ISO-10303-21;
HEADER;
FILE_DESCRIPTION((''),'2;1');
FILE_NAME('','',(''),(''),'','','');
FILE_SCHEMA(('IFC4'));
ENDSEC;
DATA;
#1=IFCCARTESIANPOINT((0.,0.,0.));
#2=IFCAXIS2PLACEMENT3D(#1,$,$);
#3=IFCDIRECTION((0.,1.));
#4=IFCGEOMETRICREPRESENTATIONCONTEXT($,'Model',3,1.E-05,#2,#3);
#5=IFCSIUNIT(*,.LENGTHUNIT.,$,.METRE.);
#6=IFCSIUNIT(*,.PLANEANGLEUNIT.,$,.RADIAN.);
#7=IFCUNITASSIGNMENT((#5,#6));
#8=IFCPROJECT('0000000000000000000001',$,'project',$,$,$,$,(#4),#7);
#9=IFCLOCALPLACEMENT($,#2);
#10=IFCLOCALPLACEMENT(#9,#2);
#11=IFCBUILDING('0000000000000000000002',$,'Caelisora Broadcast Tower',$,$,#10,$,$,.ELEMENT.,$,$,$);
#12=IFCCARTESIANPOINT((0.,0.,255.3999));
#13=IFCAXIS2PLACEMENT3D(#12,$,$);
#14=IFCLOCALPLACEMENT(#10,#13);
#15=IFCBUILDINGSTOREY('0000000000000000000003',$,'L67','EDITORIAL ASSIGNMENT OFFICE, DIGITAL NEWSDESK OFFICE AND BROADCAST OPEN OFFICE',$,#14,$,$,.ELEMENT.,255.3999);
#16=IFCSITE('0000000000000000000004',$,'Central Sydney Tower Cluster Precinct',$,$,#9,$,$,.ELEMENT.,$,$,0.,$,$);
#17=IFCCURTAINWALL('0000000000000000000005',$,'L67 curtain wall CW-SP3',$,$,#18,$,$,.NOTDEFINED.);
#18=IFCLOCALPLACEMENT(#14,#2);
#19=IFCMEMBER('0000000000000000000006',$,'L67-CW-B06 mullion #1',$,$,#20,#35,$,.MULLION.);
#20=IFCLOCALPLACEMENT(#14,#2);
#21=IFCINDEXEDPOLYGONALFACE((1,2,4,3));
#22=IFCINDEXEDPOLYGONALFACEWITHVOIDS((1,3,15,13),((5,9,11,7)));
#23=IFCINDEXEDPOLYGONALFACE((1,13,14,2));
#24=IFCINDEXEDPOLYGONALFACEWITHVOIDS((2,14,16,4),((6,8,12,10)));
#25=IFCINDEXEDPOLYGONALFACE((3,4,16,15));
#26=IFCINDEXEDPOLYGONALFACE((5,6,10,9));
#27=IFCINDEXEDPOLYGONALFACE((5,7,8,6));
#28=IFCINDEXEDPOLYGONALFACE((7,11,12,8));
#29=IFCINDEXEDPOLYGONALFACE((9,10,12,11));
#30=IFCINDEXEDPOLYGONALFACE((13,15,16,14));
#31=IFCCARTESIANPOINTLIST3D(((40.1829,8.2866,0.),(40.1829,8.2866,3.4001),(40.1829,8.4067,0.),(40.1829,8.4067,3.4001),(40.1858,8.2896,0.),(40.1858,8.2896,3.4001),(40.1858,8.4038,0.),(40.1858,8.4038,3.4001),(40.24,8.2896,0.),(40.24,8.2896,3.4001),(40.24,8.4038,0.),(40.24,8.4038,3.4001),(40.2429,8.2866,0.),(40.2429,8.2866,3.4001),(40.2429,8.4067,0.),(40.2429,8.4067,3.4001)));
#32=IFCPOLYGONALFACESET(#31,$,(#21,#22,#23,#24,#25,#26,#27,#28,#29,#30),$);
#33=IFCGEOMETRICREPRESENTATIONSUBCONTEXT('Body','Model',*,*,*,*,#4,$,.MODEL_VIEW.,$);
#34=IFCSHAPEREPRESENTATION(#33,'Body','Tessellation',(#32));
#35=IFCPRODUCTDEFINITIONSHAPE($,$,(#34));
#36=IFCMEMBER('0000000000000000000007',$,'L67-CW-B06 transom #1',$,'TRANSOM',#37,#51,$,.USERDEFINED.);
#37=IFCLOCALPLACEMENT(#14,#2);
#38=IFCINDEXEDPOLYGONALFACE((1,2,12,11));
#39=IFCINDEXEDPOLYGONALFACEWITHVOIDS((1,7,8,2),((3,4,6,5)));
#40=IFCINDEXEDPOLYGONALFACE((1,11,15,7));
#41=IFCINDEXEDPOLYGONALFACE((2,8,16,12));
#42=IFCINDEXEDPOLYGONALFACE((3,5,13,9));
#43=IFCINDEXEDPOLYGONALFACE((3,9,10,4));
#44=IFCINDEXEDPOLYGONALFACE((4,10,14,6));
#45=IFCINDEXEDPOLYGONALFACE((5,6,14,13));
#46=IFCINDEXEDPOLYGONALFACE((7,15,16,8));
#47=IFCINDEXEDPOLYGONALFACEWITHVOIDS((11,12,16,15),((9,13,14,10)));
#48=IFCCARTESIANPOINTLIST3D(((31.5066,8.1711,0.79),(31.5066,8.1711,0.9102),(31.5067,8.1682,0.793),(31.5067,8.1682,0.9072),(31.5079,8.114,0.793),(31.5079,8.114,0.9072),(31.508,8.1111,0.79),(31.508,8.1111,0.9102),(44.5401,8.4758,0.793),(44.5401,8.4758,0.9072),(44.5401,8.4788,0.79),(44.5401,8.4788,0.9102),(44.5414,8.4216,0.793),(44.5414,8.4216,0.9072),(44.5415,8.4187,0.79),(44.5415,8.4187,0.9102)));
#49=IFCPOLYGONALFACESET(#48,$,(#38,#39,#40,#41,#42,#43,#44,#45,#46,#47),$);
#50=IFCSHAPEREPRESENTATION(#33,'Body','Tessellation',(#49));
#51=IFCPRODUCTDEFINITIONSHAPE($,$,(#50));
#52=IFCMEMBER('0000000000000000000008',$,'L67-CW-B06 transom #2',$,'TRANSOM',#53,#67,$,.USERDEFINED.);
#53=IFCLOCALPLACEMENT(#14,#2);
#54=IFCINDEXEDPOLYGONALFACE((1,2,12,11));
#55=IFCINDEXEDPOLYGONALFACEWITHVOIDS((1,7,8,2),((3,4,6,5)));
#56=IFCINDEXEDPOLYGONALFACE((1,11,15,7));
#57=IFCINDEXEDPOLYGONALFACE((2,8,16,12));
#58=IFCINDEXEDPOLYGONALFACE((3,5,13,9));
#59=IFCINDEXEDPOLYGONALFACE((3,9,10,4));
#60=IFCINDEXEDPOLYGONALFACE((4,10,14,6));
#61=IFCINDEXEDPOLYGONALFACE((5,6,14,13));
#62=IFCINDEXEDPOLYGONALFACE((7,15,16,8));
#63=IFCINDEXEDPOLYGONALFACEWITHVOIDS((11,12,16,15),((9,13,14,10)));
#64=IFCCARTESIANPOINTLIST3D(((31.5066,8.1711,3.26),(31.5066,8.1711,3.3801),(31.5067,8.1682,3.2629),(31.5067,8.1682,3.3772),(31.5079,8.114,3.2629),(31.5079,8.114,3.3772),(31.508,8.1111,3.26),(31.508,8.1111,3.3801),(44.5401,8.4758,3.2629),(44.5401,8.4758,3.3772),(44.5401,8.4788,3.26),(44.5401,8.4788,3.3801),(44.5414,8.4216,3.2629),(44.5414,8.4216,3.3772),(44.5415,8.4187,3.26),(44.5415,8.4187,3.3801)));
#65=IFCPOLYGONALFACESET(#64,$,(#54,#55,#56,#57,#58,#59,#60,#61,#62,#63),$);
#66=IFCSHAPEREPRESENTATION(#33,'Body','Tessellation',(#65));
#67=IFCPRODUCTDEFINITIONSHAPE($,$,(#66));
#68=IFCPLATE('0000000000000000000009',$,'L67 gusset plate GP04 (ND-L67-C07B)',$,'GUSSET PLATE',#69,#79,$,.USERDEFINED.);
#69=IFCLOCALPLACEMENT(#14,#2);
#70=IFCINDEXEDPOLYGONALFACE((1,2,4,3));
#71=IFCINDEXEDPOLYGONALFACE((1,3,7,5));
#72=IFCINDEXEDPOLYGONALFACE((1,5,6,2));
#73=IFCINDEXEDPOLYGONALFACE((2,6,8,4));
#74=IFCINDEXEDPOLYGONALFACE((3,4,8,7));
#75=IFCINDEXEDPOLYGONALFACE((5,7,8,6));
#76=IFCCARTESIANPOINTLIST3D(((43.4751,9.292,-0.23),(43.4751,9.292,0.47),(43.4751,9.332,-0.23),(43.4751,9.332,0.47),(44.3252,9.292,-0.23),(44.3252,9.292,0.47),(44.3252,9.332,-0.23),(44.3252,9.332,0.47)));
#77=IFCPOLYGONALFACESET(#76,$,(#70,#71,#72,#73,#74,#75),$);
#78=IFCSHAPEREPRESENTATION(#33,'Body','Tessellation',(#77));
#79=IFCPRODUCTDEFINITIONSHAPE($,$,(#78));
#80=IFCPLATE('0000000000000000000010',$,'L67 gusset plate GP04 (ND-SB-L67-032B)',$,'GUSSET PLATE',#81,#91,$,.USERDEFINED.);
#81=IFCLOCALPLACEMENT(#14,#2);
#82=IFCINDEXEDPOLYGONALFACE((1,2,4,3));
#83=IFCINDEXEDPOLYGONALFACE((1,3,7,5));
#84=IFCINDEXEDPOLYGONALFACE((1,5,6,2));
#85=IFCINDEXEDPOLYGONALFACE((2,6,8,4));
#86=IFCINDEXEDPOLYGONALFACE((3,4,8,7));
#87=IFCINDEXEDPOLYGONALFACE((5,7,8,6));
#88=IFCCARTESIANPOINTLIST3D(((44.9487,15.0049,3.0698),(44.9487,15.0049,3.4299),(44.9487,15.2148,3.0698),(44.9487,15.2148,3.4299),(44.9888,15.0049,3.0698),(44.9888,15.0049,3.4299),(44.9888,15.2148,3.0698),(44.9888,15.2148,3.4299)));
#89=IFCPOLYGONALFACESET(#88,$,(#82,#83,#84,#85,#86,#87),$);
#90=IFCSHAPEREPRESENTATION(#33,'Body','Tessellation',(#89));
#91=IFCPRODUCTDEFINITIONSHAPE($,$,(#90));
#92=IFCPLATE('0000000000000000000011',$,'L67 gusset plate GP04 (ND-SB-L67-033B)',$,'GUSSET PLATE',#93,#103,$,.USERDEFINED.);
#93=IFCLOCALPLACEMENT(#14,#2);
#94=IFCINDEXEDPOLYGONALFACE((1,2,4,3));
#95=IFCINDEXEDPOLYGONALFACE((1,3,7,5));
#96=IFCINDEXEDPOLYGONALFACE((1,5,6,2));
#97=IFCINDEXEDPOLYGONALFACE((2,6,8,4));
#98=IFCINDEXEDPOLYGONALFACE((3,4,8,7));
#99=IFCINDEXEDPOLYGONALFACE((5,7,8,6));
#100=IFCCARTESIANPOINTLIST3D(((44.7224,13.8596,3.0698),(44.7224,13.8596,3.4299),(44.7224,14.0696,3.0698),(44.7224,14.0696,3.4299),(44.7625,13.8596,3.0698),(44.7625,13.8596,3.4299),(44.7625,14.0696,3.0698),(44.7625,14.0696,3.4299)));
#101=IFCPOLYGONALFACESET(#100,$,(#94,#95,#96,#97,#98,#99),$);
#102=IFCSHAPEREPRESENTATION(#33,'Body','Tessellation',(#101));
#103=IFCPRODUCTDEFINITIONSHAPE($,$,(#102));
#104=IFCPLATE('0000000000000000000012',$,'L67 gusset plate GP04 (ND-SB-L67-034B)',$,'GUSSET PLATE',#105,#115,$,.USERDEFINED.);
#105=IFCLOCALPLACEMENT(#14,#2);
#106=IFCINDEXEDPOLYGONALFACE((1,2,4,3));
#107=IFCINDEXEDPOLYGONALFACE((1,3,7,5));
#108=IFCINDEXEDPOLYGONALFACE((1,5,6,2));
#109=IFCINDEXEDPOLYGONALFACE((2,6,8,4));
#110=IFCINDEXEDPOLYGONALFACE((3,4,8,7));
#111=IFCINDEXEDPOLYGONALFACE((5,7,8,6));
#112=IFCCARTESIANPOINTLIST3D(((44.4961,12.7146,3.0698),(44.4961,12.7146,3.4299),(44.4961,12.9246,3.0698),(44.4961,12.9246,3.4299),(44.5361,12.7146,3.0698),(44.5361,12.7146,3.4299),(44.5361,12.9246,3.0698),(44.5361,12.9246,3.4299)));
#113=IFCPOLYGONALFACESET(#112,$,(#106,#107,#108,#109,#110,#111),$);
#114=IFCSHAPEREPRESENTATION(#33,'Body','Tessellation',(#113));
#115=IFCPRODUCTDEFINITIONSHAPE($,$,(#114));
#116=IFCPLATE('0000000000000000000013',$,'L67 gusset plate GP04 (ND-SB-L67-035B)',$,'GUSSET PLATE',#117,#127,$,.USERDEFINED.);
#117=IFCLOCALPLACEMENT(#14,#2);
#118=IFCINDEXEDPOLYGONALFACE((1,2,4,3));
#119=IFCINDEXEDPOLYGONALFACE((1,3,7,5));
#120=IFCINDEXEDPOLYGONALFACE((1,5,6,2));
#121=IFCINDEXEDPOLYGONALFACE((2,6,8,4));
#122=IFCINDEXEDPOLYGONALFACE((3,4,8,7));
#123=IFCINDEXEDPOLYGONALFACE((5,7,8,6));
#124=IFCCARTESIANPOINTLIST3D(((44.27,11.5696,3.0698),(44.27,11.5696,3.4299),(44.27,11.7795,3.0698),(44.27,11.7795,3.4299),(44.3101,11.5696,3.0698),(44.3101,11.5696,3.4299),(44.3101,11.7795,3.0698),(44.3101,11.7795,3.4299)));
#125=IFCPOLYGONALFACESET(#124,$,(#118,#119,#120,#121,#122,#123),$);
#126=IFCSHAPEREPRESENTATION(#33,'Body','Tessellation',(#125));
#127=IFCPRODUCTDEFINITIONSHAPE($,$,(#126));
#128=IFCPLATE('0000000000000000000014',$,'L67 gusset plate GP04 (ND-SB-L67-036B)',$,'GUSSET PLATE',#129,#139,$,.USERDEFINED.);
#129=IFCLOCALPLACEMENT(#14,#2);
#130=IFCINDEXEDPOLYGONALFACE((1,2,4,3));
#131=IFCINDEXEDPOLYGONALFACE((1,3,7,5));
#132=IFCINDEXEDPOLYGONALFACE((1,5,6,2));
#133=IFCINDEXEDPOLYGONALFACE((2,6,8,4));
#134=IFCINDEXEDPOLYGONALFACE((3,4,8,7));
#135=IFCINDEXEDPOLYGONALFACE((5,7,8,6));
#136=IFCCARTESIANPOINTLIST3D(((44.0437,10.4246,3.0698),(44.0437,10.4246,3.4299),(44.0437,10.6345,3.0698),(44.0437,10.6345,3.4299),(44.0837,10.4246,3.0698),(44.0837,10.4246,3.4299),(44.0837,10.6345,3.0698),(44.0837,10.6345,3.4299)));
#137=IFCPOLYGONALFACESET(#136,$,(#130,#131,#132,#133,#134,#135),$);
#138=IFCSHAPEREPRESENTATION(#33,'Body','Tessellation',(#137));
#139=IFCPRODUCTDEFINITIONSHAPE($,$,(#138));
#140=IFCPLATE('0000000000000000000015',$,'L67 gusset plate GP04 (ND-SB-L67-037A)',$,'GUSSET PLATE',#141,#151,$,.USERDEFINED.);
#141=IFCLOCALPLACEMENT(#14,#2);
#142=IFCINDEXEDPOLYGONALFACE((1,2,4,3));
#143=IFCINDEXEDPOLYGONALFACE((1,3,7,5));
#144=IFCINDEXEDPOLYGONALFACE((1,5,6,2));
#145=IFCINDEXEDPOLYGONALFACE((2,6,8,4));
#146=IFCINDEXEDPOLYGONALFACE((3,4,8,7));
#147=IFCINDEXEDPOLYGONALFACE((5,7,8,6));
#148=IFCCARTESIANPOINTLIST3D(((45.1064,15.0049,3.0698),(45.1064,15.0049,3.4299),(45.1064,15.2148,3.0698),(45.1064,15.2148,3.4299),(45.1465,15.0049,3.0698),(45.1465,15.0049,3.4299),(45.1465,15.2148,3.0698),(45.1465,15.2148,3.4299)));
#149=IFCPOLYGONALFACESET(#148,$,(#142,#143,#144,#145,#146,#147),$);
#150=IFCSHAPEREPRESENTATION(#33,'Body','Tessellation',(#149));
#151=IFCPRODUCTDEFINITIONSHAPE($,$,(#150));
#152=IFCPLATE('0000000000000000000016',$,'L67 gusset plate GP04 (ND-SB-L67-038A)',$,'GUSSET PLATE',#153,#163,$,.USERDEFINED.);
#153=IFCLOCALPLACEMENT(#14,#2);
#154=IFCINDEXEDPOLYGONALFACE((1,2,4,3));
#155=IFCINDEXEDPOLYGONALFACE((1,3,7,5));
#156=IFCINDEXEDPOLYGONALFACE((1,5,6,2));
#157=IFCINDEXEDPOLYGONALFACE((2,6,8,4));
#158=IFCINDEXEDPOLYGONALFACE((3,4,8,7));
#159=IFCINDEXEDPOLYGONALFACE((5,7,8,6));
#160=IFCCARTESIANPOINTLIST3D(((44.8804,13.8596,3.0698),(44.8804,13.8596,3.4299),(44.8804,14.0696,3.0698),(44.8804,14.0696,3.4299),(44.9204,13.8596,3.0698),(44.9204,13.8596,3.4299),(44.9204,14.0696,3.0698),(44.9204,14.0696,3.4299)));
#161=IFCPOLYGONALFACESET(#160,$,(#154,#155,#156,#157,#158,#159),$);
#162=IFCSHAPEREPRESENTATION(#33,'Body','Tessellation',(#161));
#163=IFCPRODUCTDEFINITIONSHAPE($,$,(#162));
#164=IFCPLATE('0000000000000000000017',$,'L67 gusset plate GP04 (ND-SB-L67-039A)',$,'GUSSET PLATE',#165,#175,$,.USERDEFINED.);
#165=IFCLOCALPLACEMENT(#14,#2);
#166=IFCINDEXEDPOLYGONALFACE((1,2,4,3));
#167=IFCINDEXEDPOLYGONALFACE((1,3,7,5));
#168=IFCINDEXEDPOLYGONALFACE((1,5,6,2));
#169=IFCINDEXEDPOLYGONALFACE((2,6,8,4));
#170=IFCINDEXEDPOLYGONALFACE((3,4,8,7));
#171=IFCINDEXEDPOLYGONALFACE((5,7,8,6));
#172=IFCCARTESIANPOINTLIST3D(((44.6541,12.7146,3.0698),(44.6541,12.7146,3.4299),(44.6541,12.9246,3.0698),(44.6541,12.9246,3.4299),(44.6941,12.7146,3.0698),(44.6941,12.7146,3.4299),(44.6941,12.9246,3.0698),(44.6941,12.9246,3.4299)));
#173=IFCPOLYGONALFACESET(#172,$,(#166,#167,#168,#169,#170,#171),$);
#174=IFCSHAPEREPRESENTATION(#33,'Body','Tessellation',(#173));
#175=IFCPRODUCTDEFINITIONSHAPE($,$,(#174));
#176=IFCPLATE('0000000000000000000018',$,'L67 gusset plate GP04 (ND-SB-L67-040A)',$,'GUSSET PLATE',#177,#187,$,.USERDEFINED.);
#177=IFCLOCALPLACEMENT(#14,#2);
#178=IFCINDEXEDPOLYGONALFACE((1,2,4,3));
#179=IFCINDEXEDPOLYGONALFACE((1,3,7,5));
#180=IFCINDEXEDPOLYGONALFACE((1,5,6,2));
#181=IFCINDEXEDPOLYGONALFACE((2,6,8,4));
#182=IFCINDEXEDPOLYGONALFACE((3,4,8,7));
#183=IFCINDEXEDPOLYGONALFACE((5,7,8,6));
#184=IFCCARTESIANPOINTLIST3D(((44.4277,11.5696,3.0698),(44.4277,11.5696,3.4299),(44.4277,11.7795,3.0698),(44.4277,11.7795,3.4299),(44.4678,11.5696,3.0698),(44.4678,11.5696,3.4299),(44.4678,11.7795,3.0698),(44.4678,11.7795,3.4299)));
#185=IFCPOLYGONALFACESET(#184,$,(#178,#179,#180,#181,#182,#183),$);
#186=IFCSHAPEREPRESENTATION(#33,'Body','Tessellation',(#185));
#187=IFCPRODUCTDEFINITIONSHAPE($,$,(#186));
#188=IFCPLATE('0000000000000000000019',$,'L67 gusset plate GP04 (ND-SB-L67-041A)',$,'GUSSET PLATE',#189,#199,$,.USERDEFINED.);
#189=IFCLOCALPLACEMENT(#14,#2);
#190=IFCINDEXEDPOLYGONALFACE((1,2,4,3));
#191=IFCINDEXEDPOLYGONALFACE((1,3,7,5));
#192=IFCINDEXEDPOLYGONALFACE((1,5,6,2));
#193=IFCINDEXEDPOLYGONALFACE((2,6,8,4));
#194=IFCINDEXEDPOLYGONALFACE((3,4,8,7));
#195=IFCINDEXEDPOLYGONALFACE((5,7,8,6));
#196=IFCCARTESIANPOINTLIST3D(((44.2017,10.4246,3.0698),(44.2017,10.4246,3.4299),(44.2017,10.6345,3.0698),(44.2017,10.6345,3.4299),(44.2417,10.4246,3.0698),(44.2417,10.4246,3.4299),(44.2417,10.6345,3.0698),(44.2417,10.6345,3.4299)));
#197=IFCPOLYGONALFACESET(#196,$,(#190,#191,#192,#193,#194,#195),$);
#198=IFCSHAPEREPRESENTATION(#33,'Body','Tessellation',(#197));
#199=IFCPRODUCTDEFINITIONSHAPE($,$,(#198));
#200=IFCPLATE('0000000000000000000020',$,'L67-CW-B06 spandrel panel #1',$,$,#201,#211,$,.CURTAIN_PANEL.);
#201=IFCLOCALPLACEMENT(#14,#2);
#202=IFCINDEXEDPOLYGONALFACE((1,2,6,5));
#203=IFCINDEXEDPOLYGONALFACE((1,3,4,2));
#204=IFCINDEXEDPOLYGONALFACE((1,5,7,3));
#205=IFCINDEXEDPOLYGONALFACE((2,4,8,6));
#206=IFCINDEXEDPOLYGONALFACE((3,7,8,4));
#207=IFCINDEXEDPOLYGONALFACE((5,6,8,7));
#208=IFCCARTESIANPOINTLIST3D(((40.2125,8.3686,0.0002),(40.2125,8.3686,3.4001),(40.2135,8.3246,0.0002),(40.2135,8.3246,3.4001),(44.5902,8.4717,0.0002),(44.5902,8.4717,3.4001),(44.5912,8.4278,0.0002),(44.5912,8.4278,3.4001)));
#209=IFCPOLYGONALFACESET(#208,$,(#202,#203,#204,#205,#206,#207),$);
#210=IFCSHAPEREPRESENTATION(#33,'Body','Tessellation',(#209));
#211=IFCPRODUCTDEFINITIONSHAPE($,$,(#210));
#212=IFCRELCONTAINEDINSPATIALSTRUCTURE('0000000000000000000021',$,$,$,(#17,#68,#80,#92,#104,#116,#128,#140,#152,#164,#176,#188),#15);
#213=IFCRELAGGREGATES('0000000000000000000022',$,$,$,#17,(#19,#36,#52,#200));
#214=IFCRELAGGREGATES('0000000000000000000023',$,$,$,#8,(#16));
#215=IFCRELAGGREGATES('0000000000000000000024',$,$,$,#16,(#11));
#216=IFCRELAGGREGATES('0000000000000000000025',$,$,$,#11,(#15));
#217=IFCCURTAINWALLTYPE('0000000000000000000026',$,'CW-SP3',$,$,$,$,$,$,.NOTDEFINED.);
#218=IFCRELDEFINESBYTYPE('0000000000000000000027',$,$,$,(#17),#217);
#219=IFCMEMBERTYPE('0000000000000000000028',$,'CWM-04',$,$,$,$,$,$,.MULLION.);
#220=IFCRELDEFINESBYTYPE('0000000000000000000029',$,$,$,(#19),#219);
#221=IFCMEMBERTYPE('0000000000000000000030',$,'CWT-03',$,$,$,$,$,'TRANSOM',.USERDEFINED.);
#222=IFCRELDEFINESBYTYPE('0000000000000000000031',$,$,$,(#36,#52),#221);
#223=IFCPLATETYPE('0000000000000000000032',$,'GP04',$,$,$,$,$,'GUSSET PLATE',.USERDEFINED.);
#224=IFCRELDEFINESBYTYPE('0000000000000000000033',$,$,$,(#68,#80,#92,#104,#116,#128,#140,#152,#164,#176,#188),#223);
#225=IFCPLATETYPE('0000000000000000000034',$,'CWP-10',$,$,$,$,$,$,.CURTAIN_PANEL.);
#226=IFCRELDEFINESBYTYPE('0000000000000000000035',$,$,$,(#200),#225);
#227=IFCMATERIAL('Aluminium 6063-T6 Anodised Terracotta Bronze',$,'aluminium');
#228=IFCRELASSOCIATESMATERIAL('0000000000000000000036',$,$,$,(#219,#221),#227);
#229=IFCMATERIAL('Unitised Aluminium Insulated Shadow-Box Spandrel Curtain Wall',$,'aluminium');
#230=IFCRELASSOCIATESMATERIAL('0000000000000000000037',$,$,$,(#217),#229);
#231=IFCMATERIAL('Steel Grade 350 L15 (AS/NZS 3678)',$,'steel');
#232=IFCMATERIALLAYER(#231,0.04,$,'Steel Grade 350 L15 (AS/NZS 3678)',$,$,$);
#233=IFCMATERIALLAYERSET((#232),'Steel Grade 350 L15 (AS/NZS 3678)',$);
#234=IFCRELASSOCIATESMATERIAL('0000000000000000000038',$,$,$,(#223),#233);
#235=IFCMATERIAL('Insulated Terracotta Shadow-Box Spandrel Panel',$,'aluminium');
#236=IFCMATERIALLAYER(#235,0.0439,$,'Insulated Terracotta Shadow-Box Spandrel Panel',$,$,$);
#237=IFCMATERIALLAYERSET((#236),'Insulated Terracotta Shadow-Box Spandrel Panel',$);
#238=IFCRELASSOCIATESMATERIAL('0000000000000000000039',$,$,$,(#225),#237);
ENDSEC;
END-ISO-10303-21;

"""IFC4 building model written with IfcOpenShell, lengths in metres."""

from ifc_helpers import new_model, si_unit, direction, frame, origin, origin_2d, place, context, subcontext, project, spatial, rectangle, hollow_rectangle, extrude, source, transform, mapped, material, layer, layer_set, material_profile, profile_set, type_object, type_shapes, element, aggregate, save


model = new_model("IFC4")

# Units and contexts
model_context = context("Model", 3, precision=1e-05, world=origin(), true_north=direction((0.0, 1.0)))
body_context = subcontext(model_context, "Body", "Model", "MODEL_VIEW")
ifc_project = project(units=[si_unit("LENGTHUNIT", "METRE"), si_unit("PLANEANGLEUNIT", "RADIAN")], contexts=[model_context])

# Site, building, storey
site_placement = place(None, origin())
site = spatial("IfcSite", under=ifc_project, at=site_placement, Name="Central Sydney Tower Cluster Precinct", CompositionType="ELEMENT", RefElevation=0.0)
building_placement = place(site_placement, origin())
building = spatial("IfcBuilding", under=site, at=building_placement, Name="Caelisora Broadcast Tower", CompositionType="ELEMENT")
storey_placement = place(building_placement, frame((0.0, 0.0, 255.3999)))
storey = spatial("IfcBuildingStorey", under=building, at=storey_placement, Name="L67", Description="EDITORIAL ASSIGNMENT OFFICE, DIGITAL NEWSDESK OFFICE AND BROADCAST OPEN OFFICE", CompositionType="ELEMENT", Elevation=255.3999)

# Shared definitions
ifc_material_1 = material(Name="Steel Grade 350 L15 (AS/NZS 3678)", Category="steel")

# Shared definitions
ifc_material_2 = material(Name="Aluminium 6063-T6 Anodised Terracotta Bronze", Category="aluminium")
ifc_material_profile_1 = material_profile(ifc_material_2, hollow_rectangle(XDim=0.0601, YDim=0.1201, WallThickness=0.0029, at=origin_2d()), Name="Aluminium 6063-T6 Anodised Terracotta Bronze")
ifc_profile_set_1 = profile_set([ifc_material_profile_1], Name="Aluminium 6063-T6 Anodised Terracotta Bronze")
member_type_1 = type_object("IfcMemberType", Name="CWM-04", PredefinedType="MULLION", material=ifc_profile_set_1)
shared_shape_1 = source(origin(), body_context, "Body", "SweptSolid", [
    extrude(hollow_rectangle(XDim=0.0601, YDim=0.1201, WallThickness=0.0029, at=origin_2d()), origin(), (0.0, 0.0, 1.0), 3.4001),
])
type_shapes(member_type_1, [shared_shape_1])

# Curtain wall, members
ifc_material_3 = material(Name="Unitised Aluminium Insulated Shadow-Box Spandrel Curtain Wall", Category="aluminium")
curtain_wall_type_1 = type_object("IfcCurtainWallType", Name="CW-SP3", PredefinedType="NOTDEFINED", material=ifc_material_3)
curtain_wall_1_placement = place(storey_placement, origin())
curtain_wall_1 = element("IfcCurtainWall", 1, at=curtain_wall_1_placement, inside=storey, type_object=curtain_wall_type_1, Name="L67 curtain wall CW-SP3", PredefinedType="NOTDEFINED")
member_1_placement = place(storey_placement, frame((40.2129, 8.3467, 0.0), z_axis=(0.0, 0.0, 1.0), x_axis=(1.0, 0.0, 0.0)))
member_1 = element("IfcMember", 2, at=member_1_placement, type_object=member_type_1, Name="L67-CW-B06 mullion #1", PredefinedType="MULLION", context=body_context, shape_type="MappedRepresentation", body=[
    mapped(shared_shape_1, transform((0.0, 0.0, 0.0), scale=1.0)),
])
ifc_material_profile_2 = material_profile(ifc_material_2, hollow_rectangle(XDim=0.0601, YDim=0.1201, WallThickness=0.0029, at=origin_2d()), Name="Aluminium 6063-T6 Anodised Terracotta Bronze")
ifc_profile_set_2 = profile_set([ifc_material_profile_2], Name="Aluminium 6063-T6 Anodised Terracotta Bronze")
member_type_2 = type_object("IfcMemberType", Name="CWT-03", ElementType="TRANSOM", PredefinedType="USERDEFINED", material=ifc_profile_set_2)
shared_shape_2 = source(origin(), body_context, "Body", "SweptSolid", [
    extrude(hollow_rectangle(XDim=0.0601, YDim=0.1201, WallThickness=0.0029, at=origin_2d()), origin(), (0.0, 0.0, 1.0), 13.0371),
])
type_shapes(member_type_2, [shared_shape_2])
member_2_placement = place(storey_placement, frame((44.5408, 8.4487, 0.8501), z_axis=(-0.999722, -0.023596, 0.0), x_axis=(0.023596, -0.999722, 0.0)))
member_2 = element("IfcMember", 3, at=member_2_placement, type_object=member_type_2, Name="L67-CW-B06 transom #1", ObjectType="TRANSOM", PredefinedType="USERDEFINED", context=body_context, shape_type="MappedRepresentation", body=[
    mapped(shared_shape_2, transform((0.0, 0.0, 0.0), scale=1.0)),
])
member_3_placement = place(storey_placement, frame((44.5408, 8.4487, 3.3201), z_axis=(-0.999722, -0.023596, 0.0), x_axis=(0.023596, -0.999722, 0.0)))
member_3 = element("IfcMember", 4, at=member_3_placement, type_object=member_type_2, Name="L67-CW-B06 transom #2", ObjectType="TRANSOM", PredefinedType="USERDEFINED", context=body_context, shape_type="MappedRepresentation", body=[
    mapped(shared_shape_2, transform((0.0, 0.0, 0.0), scale=1.0)),
])

# Plates
ifc_layer_1 = layer(ifc_material_1, 0.04, Name="Steel Grade 350 L15 (AS/NZS 3678)")
ifc_layer_set_1 = layer_set([ifc_layer_1], Name="Steel Grade 350 L15 (AS/NZS 3678)")
plate_type_1 = type_object("IfcPlateType", Name="GP04", ElementType="GUSSET PLATE", PredefinedType="USERDEFINED", material=ifc_layer_set_1)
shared_shape_3 = source(origin(), body_context, "Body", "SweptSolid", [
    extrude(rectangle(XDim=0.8501, YDim=0.04, at=origin_2d()), origin(), (0.0, 0.0, 1.0), 0.7),
])
plate_1_placement = place(storey_placement, frame((43.9001, 9.312, -0.23), z_axis=(0.0, 0.0, 1.0), x_axis=(1.0, 0.0, 0.0)))
element("IfcPlate", 5, at=plate_1_placement, inside=storey, type_object=plate_type_1, Name="L67 gusset plate GP04 (ND-L67-C07B)", ObjectType="GUSSET PLATE", PredefinedType="USERDEFINED", context=body_context, shape_type="MappedRepresentation", body=[
    mapped(shared_shape_3, transform((0.0, 0.0, 0.0), scale=1.0)),
])
shared_shape_4 = source(origin(), body_context, "Body", "SweptSolid", [
    extrude(rectangle(XDim=0.21, YDim=0.04, at=origin_2d()), origin(), (0.0, 0.0, 1.0), 0.3601),
])
type_shapes(plate_type_1, [shared_shape_3, shared_shape_4])
for number, where, z_axis, x_axis, name in (
    (6, (44.9688, 15.1099, 3.0698), (0.0, 0.0, 1.0), (0.0, 1.0, 0.0), "L67 gusset plate GP04 (ND-SB-L67-032B)"),
    (7, (44.7424, 13.9646, 3.0698), (0.0, 0.0, 1.0), (0.0, 1.0, 0.0), "L67 gusset plate GP04 (ND-SB-L67-033B)"),
    (8, (44.5161, 12.8196, 3.0698), (0.0, 0.0, 1.0), (0.0, 1.0, 0.0), "L67 gusset plate GP04 (ND-SB-L67-034B)"),
    (9, (44.29, 11.6746, 3.0698), (0.0, 0.0, 1.0), (0.0, 1.0, 0.0), "L67 gusset plate GP04 (ND-SB-L67-035B)"),
    (10, (44.0637, 10.5295, 3.0698), (0.0, 0.0, 1.0), (0.0, 1.0, 0.0), "L67 gusset plate GP04 (ND-SB-L67-036B)"),
    (11, (45.1265, 15.1099, 3.0698), (0.0, 0.0, 1.0), (0.0, 1.0, 0.0), "L67 gusset plate GP04 (ND-SB-L67-037A)"),
    (12, (44.9004, 13.9646, 3.0698), (0.0, 0.0, 1.0), (0.0, 1.0, 0.0), "L67 gusset plate GP04 (ND-SB-L67-038A)"),
    (13, (44.6741, 12.8196, 3.0698), (0.0, 0.0, 1.0), (0.0, 1.0, 0.0), "L67 gusset plate GP04 (ND-SB-L67-039A)"),
    (14, (44.4478, 11.6746, 3.0698), (0.0, 0.0, 1.0), (0.0, 1.0, 0.0), "L67 gusset plate GP04 (ND-SB-L67-040A)"),
    (15, (44.2217, 10.5295, 3.0698), (0.0, 0.0, 1.0), (0.0, 1.0, 0.0), "L67 gusset plate GP04 (ND-SB-L67-041A)"),
):
    element("IfcPlate", number, at=place(storey_placement, frame(where, z_axis=z_axis, x_axis=x_axis)), inside=storey, type_object=plate_type_1, Name=name, ObjectType="GUSSET PLATE", PredefinedType="USERDEFINED", context=body_context, shape_type="MappedRepresentation", body=[
        mapped(shared_shape_4, transform((0.0, 0.0, 0.0), scale=1.0)),
    ])

# Plate
ifc_material_4 = material(Name="Insulated Terracotta Shadow-Box Spandrel Panel", Category="aluminium")
ifc_layer_2 = layer(ifc_material_4, 0.0439, Name="Insulated Terracotta Shadow-Box Spandrel Panel")
ifc_layer_set_2 = layer_set([ifc_layer_2], Name="Insulated Terracotta Shadow-Box Spandrel Panel")
plate_type_2 = type_object("IfcPlateType", Name="CWP-10", PredefinedType="CURTAIN_PANEL", material=ifc_layer_set_2)
shared_shape_5 = source(origin(), body_context, "Body", "SweptSolid", [
    extrude(rectangle(XDim=4.3789, YDim=0.0439, at=origin_2d()), origin(), (0.0, 0.0, 1.0), 3.3999),
])
type_shapes(plate_type_2, [shared_shape_5])
plate_2_placement = place(storey_placement, frame((42.4019, 8.3982, 0.0002), z_axis=(0.0, 0.0, 1.0), x_axis=(-0.999722, -0.02356, 0.0)))
plate_2 = element("IfcPlate", 16, at=plate_2_placement, type_object=plate_type_2, Name="L67-CW-B06 spandrel panel #1", PredefinedType="CURTAIN_PANEL", context=body_context, shape_type="MappedRepresentation", body=[
    mapped(shared_shape_5, transform((0.0, 0.0, 0.0), scale=1.0)),
])
aggregate(curtain_wall_1, [member_1, member_2, member_3, plate_2])

save(model, "model.ifc")
